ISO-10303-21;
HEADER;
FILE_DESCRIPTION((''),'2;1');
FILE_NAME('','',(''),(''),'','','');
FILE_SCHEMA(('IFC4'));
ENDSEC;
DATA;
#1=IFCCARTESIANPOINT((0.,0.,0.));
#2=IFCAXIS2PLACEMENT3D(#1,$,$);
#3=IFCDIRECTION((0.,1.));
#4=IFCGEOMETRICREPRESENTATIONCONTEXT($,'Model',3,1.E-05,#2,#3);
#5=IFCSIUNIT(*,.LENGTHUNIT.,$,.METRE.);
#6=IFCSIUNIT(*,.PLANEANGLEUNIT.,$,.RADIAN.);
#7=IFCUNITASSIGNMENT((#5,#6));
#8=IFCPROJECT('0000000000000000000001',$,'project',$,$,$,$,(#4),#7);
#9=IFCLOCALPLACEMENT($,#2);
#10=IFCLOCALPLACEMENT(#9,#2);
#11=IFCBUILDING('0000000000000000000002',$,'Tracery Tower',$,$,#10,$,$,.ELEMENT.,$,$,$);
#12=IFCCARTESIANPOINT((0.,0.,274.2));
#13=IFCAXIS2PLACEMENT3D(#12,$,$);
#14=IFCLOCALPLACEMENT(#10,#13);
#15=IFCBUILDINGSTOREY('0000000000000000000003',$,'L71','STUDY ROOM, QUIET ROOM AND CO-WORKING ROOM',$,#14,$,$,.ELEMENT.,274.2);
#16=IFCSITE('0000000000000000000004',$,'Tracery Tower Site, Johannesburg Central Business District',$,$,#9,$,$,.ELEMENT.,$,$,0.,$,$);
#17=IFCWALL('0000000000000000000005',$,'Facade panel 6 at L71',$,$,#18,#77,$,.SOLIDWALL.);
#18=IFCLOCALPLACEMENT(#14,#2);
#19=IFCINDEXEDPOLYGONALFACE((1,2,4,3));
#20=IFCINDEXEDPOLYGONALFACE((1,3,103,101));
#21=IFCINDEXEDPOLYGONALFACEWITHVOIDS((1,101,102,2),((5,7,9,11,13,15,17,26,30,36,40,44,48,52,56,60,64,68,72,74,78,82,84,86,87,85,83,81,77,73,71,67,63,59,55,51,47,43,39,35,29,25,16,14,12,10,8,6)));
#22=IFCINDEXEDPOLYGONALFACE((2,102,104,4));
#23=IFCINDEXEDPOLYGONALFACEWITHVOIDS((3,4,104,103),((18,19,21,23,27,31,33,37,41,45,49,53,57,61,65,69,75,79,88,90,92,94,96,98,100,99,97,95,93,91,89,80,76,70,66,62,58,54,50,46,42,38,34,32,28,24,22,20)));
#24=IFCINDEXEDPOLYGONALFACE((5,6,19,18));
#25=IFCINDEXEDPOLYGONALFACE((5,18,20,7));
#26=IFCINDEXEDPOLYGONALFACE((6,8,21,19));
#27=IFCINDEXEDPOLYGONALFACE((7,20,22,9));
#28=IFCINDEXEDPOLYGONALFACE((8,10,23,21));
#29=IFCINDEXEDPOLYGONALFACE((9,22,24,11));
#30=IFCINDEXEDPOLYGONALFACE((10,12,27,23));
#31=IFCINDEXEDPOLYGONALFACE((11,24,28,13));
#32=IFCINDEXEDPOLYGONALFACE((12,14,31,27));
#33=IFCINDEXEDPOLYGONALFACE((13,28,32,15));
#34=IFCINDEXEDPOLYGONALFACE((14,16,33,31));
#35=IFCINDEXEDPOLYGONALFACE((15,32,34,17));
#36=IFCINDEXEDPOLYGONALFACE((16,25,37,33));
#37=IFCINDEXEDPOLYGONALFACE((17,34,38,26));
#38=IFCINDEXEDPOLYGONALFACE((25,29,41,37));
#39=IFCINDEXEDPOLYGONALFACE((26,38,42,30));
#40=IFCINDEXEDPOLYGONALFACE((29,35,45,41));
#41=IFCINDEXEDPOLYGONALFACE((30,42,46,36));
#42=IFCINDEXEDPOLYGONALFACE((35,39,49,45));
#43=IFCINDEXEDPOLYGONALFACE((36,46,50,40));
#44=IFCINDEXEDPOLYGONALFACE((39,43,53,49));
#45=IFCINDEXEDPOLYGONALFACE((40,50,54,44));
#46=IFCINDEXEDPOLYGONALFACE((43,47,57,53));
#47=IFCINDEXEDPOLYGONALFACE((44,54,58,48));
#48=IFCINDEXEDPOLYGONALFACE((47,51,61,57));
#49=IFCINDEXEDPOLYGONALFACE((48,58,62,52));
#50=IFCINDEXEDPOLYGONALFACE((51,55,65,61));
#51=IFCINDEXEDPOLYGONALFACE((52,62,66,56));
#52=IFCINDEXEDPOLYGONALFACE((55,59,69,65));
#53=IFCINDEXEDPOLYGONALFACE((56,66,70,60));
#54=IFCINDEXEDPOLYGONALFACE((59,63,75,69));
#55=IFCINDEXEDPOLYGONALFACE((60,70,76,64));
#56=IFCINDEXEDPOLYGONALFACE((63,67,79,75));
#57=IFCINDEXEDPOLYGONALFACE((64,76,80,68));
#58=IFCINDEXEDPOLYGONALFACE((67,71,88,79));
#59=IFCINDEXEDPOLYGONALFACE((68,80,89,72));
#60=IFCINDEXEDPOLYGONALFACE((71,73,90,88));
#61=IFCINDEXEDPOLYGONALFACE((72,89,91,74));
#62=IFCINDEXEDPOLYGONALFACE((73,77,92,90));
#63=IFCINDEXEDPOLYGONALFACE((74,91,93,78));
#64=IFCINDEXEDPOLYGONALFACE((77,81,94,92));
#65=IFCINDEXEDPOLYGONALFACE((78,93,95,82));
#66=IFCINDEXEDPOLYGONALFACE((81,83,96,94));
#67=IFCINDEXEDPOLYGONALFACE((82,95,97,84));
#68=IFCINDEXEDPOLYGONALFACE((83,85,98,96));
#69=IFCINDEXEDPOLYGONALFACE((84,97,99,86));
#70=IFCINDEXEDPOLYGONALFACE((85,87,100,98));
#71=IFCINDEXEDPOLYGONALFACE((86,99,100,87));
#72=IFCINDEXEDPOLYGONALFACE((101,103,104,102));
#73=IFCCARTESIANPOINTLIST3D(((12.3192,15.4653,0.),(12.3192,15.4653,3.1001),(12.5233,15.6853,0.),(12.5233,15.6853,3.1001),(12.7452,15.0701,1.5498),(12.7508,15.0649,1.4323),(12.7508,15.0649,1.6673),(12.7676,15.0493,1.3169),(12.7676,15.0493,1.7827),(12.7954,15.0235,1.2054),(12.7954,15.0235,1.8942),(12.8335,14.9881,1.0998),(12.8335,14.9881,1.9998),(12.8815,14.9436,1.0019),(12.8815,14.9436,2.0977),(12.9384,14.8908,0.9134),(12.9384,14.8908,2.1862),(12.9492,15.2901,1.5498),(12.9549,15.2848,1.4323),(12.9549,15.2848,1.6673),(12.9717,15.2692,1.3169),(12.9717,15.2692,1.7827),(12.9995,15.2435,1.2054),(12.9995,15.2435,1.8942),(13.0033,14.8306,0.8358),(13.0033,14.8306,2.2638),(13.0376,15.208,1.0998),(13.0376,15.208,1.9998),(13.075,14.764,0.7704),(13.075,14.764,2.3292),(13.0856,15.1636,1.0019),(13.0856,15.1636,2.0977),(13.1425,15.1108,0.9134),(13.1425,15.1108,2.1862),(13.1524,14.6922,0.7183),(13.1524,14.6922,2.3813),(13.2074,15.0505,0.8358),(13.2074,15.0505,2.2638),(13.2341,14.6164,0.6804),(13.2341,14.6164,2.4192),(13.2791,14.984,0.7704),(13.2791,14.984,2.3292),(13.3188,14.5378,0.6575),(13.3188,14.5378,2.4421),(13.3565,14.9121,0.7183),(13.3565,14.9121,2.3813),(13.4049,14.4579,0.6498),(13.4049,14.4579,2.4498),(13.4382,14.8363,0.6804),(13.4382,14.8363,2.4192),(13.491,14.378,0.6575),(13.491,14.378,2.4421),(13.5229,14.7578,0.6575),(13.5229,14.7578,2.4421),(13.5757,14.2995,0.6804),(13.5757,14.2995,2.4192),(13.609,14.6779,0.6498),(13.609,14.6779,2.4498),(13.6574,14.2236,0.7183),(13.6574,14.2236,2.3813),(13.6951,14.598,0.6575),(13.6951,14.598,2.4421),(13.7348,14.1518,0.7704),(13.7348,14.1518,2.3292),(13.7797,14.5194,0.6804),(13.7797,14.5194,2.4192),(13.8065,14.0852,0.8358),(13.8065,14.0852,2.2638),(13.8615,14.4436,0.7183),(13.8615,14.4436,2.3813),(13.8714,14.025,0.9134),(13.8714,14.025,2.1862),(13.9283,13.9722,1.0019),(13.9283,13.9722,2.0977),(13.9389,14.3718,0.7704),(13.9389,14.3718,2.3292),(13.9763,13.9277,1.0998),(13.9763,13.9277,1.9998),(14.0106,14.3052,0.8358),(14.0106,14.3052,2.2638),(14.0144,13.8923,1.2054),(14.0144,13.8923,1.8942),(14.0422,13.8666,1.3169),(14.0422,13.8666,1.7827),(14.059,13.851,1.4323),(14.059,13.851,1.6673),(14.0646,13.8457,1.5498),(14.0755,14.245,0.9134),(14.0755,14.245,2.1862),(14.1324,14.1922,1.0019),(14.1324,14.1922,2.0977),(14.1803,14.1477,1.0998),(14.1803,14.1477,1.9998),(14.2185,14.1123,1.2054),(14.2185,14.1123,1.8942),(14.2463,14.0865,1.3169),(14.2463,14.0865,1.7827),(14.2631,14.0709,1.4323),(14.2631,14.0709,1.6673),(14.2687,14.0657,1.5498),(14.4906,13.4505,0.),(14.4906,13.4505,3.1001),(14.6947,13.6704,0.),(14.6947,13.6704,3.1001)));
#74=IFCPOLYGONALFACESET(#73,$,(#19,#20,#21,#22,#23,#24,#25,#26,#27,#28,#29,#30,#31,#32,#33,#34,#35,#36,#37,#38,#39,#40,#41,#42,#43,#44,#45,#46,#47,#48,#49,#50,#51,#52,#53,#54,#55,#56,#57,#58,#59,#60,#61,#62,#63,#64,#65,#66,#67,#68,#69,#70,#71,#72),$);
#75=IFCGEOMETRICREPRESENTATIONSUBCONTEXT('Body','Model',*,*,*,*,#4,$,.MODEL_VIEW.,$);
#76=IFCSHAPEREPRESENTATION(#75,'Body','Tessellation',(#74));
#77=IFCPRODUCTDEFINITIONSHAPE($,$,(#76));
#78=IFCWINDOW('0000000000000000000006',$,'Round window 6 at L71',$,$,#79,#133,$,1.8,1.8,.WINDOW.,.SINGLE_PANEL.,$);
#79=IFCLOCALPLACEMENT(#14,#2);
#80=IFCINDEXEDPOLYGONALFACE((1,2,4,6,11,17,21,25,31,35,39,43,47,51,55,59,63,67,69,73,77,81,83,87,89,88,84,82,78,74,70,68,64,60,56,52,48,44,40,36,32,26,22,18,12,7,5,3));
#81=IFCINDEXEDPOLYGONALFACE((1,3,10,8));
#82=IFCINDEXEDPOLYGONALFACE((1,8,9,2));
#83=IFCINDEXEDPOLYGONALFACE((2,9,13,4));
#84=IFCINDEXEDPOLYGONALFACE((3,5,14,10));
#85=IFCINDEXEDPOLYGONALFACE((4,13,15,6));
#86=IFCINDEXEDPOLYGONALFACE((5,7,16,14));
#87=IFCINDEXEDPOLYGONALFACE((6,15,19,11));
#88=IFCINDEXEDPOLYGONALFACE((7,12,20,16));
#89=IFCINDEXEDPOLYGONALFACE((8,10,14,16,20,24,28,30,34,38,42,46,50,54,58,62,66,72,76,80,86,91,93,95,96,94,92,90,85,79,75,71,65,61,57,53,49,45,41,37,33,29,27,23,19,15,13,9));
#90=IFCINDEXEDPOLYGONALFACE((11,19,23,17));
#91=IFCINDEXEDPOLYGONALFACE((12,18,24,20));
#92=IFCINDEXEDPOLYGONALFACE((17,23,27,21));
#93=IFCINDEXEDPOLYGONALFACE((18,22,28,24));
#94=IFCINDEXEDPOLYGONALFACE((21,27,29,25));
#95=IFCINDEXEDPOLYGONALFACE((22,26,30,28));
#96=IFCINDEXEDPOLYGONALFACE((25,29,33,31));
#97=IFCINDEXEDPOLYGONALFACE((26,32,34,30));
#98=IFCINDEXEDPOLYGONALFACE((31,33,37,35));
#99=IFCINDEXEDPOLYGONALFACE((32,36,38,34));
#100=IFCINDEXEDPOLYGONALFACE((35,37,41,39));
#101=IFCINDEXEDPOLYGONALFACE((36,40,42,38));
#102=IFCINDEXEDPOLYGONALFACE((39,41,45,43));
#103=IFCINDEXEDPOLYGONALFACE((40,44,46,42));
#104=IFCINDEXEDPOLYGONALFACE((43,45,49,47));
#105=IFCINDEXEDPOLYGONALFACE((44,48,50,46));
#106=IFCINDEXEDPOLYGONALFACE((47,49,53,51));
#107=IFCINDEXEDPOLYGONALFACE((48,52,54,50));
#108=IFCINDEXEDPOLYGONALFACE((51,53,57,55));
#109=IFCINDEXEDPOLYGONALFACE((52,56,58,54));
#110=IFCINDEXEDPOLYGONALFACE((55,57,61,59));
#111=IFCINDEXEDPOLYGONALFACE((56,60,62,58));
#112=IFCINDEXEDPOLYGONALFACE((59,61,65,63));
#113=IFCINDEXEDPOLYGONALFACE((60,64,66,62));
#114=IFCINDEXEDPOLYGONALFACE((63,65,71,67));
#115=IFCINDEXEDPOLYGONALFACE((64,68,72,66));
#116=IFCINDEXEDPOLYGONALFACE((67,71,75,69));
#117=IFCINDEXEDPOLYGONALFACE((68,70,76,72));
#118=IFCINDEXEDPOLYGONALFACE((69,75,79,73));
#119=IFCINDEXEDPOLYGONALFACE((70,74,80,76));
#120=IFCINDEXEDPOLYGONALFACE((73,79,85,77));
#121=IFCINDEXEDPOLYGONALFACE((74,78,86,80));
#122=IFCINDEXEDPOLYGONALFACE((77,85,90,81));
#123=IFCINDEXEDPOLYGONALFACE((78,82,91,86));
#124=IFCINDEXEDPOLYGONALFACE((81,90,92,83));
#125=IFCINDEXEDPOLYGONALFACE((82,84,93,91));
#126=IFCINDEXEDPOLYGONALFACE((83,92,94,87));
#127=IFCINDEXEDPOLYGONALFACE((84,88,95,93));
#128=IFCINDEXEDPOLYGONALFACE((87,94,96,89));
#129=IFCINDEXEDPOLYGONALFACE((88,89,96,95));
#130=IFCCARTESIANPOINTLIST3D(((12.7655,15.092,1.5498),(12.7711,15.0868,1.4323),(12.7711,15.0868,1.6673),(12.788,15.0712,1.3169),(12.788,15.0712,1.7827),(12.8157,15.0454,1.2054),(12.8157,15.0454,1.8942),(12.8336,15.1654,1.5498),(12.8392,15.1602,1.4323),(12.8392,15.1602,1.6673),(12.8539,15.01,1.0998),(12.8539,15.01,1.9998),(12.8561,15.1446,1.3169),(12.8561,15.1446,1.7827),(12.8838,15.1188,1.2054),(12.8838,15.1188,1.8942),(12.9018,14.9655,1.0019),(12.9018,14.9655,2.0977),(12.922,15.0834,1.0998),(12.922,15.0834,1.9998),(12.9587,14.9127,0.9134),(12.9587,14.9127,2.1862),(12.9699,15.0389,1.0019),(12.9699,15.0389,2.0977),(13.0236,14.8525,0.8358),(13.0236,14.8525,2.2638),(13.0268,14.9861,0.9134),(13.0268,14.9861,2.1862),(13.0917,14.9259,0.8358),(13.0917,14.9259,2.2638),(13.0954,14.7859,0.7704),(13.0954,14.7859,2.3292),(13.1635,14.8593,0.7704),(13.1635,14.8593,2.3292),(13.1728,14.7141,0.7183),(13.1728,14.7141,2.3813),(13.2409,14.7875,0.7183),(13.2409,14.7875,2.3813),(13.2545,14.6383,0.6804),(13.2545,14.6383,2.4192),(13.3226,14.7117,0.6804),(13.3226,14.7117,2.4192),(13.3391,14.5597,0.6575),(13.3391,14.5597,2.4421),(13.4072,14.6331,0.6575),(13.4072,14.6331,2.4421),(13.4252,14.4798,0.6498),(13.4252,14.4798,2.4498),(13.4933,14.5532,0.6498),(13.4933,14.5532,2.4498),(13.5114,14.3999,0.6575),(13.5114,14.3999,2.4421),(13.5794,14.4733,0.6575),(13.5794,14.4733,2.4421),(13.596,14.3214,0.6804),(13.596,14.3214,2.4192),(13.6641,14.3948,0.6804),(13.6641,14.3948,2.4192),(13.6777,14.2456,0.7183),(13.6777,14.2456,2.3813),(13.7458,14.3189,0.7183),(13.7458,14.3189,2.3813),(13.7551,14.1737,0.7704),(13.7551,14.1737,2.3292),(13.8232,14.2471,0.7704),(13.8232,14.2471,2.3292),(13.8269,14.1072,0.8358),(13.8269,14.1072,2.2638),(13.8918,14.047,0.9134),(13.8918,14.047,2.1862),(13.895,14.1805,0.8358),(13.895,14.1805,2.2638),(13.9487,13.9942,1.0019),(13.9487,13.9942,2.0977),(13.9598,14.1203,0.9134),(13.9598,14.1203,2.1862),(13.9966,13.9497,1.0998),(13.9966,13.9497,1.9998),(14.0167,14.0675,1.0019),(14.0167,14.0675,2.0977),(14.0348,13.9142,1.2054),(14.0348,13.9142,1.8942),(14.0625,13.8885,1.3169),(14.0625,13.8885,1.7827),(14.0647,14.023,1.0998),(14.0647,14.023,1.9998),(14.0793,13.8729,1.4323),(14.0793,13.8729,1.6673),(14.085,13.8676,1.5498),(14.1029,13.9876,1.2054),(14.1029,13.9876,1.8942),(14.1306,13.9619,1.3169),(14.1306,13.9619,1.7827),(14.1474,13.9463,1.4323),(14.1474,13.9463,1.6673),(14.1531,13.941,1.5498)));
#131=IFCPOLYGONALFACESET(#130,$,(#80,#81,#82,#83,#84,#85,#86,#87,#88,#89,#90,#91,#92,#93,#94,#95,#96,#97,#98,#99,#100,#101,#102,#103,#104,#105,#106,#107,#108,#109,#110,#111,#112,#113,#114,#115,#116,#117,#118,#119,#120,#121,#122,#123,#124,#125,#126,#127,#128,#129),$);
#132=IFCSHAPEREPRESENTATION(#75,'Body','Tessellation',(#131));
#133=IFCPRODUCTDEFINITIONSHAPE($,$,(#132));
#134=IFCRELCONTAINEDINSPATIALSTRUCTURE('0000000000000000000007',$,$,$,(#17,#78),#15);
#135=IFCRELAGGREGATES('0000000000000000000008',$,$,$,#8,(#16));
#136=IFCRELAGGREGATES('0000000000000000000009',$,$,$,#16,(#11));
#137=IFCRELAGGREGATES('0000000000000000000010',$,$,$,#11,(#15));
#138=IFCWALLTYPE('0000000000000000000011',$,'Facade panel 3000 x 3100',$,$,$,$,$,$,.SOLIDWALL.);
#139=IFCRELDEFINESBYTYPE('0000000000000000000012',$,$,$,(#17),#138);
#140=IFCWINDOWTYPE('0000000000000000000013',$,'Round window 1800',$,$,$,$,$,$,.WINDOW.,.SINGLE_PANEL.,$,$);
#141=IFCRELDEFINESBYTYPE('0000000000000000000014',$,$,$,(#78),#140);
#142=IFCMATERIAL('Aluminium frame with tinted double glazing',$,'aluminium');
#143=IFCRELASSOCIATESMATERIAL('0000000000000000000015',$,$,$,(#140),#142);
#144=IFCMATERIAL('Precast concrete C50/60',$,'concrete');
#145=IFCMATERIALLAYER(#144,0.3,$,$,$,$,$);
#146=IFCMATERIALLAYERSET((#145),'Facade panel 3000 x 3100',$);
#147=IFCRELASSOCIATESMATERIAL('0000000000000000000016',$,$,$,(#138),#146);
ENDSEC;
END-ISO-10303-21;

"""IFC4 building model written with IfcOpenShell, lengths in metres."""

from ifc_helpers import new_model, si_unit, direction, frame, frame_2d, origin, origin_2d, place, context, subcontext, project, spatial, rectangle, circle, extrude, material, layer, layer_set, type_object, element, fill, save


model = new_model("IFC4")

# Units and contexts
model_context = context("Model", 3, precision=1e-05, world=origin(), true_north=direction((0.0, 1.0)))
body_context = subcontext(model_context, "Body", "Model", "MODEL_VIEW")
ifc_project = project(units=[si_unit("LENGTHUNIT", "METRE"), si_unit("PLANEANGLEUNIT", "RADIAN")], contexts=[model_context])

# Site, building, storey
site_placement = place(None, origin())
site = spatial("IfcSite", under=ifc_project, at=site_placement, Name="Tracery Tower Site, Johannesburg Central Business District", CompositionType="ELEMENT", RefElevation=0.0)
building_placement = place(site_placement, origin())
building = spatial("IfcBuilding", under=site, at=building_placement, Name="Tracery Tower", CompositionType="ELEMENT")
storey_placement = place(building_placement, frame((0.0, 0.0, 274.2)))
storey = spatial("IfcBuildingStorey", under=building, at=storey_placement, Name="L71", Description="STUDY ROOM, QUIET ROOM AND CO-WORKING ROOM", CompositionType="ELEMENT", Elevation=274.2)

# Wall, opening, window
ifc_material_1 = material(Name="Aluminium frame with tinted double glazing", Category="aluminium")
window_type = type_object("IfcWindowType", Name="Round window 1800", PartitioningType="SINGLE_PANEL", PredefinedType="WINDOW", material=ifc_material_1)
ifc_material_2 = material(Name="Precast concrete C50/60", Category="concrete")
ifc_layer_1 = layer(ifc_material_2, 0.3)
ifc_layer_set_1 = layer_set([ifc_layer_1], Name="Facade panel 3000 x 3100")
wall_type_1 = type_object("IfcWallType", Name="Facade panel 3000 x 3100", PredefinedType="SOLIDWALL", material=ifc_layer_set_1)
wall_1_placement = place(storey_placement, frame((14.5925, 13.5605, 0.0), z_axis=(0.0, 0.0, 1.0), x_axis=(-0.733028, 0.680198, 0.0)))
wall_1 = element("IfcWall", 1, at=wall_1_placement, inside=storey, type_object=wall_type_1, Name="Facade panel 6 at L71", PredefinedType="SOLIDWALL", context=body_context, shape_type="SweptSolid", body=[
    extrude(rectangle(XDim=2.9622, YDim=0.3, at=frame_2d((1.481, 0.0))), origin(), (0.0, 0.0, 1.0), 3.1001),
])
opening_1_placement = place(wall_1_placement, frame((1.481, 0.0, 1.5498)))
opening_1 = element("IfcOpeningElement", 2, at=opening_1_placement, cuts=wall_1, PredefinedType="OPENING", context=body_context, shape_type="SweptSolid", body=[
    extrude(circle(Radius=0.9, at=origin_2d()), frame((0.0, 0.1599, 0.0), z_axis=(0.0, -1.0, 0.0), x_axis=(1.0, 0.0, 0.0)), (0.0, 0.0, 1.0), 0.3201),
])
window_1_placement = place(opening_1_placement, origin())
window_1 = element("IfcWindow", 3, at=window_1_placement, inside=storey, type_object=window_type, Name="Round window 6 at L71", OverallHeight=1.8, OverallWidth=1.8, PartitioningType="SINGLE_PANEL", PredefinedType="WINDOW", context=body_context, shape_type="SweptSolid", body=[
    extrude(circle(Radius=0.9, at=origin_2d()), frame((0.0, 0.1201, 0.0), z_axis=(0.0, -1.0, 0.0), x_axis=(1.0, 0.0, 0.0)), (0.0, 0.0, 1.0), 0.1001),
])
fill(opening_1, window_1)

save(model, "model.ifc")
